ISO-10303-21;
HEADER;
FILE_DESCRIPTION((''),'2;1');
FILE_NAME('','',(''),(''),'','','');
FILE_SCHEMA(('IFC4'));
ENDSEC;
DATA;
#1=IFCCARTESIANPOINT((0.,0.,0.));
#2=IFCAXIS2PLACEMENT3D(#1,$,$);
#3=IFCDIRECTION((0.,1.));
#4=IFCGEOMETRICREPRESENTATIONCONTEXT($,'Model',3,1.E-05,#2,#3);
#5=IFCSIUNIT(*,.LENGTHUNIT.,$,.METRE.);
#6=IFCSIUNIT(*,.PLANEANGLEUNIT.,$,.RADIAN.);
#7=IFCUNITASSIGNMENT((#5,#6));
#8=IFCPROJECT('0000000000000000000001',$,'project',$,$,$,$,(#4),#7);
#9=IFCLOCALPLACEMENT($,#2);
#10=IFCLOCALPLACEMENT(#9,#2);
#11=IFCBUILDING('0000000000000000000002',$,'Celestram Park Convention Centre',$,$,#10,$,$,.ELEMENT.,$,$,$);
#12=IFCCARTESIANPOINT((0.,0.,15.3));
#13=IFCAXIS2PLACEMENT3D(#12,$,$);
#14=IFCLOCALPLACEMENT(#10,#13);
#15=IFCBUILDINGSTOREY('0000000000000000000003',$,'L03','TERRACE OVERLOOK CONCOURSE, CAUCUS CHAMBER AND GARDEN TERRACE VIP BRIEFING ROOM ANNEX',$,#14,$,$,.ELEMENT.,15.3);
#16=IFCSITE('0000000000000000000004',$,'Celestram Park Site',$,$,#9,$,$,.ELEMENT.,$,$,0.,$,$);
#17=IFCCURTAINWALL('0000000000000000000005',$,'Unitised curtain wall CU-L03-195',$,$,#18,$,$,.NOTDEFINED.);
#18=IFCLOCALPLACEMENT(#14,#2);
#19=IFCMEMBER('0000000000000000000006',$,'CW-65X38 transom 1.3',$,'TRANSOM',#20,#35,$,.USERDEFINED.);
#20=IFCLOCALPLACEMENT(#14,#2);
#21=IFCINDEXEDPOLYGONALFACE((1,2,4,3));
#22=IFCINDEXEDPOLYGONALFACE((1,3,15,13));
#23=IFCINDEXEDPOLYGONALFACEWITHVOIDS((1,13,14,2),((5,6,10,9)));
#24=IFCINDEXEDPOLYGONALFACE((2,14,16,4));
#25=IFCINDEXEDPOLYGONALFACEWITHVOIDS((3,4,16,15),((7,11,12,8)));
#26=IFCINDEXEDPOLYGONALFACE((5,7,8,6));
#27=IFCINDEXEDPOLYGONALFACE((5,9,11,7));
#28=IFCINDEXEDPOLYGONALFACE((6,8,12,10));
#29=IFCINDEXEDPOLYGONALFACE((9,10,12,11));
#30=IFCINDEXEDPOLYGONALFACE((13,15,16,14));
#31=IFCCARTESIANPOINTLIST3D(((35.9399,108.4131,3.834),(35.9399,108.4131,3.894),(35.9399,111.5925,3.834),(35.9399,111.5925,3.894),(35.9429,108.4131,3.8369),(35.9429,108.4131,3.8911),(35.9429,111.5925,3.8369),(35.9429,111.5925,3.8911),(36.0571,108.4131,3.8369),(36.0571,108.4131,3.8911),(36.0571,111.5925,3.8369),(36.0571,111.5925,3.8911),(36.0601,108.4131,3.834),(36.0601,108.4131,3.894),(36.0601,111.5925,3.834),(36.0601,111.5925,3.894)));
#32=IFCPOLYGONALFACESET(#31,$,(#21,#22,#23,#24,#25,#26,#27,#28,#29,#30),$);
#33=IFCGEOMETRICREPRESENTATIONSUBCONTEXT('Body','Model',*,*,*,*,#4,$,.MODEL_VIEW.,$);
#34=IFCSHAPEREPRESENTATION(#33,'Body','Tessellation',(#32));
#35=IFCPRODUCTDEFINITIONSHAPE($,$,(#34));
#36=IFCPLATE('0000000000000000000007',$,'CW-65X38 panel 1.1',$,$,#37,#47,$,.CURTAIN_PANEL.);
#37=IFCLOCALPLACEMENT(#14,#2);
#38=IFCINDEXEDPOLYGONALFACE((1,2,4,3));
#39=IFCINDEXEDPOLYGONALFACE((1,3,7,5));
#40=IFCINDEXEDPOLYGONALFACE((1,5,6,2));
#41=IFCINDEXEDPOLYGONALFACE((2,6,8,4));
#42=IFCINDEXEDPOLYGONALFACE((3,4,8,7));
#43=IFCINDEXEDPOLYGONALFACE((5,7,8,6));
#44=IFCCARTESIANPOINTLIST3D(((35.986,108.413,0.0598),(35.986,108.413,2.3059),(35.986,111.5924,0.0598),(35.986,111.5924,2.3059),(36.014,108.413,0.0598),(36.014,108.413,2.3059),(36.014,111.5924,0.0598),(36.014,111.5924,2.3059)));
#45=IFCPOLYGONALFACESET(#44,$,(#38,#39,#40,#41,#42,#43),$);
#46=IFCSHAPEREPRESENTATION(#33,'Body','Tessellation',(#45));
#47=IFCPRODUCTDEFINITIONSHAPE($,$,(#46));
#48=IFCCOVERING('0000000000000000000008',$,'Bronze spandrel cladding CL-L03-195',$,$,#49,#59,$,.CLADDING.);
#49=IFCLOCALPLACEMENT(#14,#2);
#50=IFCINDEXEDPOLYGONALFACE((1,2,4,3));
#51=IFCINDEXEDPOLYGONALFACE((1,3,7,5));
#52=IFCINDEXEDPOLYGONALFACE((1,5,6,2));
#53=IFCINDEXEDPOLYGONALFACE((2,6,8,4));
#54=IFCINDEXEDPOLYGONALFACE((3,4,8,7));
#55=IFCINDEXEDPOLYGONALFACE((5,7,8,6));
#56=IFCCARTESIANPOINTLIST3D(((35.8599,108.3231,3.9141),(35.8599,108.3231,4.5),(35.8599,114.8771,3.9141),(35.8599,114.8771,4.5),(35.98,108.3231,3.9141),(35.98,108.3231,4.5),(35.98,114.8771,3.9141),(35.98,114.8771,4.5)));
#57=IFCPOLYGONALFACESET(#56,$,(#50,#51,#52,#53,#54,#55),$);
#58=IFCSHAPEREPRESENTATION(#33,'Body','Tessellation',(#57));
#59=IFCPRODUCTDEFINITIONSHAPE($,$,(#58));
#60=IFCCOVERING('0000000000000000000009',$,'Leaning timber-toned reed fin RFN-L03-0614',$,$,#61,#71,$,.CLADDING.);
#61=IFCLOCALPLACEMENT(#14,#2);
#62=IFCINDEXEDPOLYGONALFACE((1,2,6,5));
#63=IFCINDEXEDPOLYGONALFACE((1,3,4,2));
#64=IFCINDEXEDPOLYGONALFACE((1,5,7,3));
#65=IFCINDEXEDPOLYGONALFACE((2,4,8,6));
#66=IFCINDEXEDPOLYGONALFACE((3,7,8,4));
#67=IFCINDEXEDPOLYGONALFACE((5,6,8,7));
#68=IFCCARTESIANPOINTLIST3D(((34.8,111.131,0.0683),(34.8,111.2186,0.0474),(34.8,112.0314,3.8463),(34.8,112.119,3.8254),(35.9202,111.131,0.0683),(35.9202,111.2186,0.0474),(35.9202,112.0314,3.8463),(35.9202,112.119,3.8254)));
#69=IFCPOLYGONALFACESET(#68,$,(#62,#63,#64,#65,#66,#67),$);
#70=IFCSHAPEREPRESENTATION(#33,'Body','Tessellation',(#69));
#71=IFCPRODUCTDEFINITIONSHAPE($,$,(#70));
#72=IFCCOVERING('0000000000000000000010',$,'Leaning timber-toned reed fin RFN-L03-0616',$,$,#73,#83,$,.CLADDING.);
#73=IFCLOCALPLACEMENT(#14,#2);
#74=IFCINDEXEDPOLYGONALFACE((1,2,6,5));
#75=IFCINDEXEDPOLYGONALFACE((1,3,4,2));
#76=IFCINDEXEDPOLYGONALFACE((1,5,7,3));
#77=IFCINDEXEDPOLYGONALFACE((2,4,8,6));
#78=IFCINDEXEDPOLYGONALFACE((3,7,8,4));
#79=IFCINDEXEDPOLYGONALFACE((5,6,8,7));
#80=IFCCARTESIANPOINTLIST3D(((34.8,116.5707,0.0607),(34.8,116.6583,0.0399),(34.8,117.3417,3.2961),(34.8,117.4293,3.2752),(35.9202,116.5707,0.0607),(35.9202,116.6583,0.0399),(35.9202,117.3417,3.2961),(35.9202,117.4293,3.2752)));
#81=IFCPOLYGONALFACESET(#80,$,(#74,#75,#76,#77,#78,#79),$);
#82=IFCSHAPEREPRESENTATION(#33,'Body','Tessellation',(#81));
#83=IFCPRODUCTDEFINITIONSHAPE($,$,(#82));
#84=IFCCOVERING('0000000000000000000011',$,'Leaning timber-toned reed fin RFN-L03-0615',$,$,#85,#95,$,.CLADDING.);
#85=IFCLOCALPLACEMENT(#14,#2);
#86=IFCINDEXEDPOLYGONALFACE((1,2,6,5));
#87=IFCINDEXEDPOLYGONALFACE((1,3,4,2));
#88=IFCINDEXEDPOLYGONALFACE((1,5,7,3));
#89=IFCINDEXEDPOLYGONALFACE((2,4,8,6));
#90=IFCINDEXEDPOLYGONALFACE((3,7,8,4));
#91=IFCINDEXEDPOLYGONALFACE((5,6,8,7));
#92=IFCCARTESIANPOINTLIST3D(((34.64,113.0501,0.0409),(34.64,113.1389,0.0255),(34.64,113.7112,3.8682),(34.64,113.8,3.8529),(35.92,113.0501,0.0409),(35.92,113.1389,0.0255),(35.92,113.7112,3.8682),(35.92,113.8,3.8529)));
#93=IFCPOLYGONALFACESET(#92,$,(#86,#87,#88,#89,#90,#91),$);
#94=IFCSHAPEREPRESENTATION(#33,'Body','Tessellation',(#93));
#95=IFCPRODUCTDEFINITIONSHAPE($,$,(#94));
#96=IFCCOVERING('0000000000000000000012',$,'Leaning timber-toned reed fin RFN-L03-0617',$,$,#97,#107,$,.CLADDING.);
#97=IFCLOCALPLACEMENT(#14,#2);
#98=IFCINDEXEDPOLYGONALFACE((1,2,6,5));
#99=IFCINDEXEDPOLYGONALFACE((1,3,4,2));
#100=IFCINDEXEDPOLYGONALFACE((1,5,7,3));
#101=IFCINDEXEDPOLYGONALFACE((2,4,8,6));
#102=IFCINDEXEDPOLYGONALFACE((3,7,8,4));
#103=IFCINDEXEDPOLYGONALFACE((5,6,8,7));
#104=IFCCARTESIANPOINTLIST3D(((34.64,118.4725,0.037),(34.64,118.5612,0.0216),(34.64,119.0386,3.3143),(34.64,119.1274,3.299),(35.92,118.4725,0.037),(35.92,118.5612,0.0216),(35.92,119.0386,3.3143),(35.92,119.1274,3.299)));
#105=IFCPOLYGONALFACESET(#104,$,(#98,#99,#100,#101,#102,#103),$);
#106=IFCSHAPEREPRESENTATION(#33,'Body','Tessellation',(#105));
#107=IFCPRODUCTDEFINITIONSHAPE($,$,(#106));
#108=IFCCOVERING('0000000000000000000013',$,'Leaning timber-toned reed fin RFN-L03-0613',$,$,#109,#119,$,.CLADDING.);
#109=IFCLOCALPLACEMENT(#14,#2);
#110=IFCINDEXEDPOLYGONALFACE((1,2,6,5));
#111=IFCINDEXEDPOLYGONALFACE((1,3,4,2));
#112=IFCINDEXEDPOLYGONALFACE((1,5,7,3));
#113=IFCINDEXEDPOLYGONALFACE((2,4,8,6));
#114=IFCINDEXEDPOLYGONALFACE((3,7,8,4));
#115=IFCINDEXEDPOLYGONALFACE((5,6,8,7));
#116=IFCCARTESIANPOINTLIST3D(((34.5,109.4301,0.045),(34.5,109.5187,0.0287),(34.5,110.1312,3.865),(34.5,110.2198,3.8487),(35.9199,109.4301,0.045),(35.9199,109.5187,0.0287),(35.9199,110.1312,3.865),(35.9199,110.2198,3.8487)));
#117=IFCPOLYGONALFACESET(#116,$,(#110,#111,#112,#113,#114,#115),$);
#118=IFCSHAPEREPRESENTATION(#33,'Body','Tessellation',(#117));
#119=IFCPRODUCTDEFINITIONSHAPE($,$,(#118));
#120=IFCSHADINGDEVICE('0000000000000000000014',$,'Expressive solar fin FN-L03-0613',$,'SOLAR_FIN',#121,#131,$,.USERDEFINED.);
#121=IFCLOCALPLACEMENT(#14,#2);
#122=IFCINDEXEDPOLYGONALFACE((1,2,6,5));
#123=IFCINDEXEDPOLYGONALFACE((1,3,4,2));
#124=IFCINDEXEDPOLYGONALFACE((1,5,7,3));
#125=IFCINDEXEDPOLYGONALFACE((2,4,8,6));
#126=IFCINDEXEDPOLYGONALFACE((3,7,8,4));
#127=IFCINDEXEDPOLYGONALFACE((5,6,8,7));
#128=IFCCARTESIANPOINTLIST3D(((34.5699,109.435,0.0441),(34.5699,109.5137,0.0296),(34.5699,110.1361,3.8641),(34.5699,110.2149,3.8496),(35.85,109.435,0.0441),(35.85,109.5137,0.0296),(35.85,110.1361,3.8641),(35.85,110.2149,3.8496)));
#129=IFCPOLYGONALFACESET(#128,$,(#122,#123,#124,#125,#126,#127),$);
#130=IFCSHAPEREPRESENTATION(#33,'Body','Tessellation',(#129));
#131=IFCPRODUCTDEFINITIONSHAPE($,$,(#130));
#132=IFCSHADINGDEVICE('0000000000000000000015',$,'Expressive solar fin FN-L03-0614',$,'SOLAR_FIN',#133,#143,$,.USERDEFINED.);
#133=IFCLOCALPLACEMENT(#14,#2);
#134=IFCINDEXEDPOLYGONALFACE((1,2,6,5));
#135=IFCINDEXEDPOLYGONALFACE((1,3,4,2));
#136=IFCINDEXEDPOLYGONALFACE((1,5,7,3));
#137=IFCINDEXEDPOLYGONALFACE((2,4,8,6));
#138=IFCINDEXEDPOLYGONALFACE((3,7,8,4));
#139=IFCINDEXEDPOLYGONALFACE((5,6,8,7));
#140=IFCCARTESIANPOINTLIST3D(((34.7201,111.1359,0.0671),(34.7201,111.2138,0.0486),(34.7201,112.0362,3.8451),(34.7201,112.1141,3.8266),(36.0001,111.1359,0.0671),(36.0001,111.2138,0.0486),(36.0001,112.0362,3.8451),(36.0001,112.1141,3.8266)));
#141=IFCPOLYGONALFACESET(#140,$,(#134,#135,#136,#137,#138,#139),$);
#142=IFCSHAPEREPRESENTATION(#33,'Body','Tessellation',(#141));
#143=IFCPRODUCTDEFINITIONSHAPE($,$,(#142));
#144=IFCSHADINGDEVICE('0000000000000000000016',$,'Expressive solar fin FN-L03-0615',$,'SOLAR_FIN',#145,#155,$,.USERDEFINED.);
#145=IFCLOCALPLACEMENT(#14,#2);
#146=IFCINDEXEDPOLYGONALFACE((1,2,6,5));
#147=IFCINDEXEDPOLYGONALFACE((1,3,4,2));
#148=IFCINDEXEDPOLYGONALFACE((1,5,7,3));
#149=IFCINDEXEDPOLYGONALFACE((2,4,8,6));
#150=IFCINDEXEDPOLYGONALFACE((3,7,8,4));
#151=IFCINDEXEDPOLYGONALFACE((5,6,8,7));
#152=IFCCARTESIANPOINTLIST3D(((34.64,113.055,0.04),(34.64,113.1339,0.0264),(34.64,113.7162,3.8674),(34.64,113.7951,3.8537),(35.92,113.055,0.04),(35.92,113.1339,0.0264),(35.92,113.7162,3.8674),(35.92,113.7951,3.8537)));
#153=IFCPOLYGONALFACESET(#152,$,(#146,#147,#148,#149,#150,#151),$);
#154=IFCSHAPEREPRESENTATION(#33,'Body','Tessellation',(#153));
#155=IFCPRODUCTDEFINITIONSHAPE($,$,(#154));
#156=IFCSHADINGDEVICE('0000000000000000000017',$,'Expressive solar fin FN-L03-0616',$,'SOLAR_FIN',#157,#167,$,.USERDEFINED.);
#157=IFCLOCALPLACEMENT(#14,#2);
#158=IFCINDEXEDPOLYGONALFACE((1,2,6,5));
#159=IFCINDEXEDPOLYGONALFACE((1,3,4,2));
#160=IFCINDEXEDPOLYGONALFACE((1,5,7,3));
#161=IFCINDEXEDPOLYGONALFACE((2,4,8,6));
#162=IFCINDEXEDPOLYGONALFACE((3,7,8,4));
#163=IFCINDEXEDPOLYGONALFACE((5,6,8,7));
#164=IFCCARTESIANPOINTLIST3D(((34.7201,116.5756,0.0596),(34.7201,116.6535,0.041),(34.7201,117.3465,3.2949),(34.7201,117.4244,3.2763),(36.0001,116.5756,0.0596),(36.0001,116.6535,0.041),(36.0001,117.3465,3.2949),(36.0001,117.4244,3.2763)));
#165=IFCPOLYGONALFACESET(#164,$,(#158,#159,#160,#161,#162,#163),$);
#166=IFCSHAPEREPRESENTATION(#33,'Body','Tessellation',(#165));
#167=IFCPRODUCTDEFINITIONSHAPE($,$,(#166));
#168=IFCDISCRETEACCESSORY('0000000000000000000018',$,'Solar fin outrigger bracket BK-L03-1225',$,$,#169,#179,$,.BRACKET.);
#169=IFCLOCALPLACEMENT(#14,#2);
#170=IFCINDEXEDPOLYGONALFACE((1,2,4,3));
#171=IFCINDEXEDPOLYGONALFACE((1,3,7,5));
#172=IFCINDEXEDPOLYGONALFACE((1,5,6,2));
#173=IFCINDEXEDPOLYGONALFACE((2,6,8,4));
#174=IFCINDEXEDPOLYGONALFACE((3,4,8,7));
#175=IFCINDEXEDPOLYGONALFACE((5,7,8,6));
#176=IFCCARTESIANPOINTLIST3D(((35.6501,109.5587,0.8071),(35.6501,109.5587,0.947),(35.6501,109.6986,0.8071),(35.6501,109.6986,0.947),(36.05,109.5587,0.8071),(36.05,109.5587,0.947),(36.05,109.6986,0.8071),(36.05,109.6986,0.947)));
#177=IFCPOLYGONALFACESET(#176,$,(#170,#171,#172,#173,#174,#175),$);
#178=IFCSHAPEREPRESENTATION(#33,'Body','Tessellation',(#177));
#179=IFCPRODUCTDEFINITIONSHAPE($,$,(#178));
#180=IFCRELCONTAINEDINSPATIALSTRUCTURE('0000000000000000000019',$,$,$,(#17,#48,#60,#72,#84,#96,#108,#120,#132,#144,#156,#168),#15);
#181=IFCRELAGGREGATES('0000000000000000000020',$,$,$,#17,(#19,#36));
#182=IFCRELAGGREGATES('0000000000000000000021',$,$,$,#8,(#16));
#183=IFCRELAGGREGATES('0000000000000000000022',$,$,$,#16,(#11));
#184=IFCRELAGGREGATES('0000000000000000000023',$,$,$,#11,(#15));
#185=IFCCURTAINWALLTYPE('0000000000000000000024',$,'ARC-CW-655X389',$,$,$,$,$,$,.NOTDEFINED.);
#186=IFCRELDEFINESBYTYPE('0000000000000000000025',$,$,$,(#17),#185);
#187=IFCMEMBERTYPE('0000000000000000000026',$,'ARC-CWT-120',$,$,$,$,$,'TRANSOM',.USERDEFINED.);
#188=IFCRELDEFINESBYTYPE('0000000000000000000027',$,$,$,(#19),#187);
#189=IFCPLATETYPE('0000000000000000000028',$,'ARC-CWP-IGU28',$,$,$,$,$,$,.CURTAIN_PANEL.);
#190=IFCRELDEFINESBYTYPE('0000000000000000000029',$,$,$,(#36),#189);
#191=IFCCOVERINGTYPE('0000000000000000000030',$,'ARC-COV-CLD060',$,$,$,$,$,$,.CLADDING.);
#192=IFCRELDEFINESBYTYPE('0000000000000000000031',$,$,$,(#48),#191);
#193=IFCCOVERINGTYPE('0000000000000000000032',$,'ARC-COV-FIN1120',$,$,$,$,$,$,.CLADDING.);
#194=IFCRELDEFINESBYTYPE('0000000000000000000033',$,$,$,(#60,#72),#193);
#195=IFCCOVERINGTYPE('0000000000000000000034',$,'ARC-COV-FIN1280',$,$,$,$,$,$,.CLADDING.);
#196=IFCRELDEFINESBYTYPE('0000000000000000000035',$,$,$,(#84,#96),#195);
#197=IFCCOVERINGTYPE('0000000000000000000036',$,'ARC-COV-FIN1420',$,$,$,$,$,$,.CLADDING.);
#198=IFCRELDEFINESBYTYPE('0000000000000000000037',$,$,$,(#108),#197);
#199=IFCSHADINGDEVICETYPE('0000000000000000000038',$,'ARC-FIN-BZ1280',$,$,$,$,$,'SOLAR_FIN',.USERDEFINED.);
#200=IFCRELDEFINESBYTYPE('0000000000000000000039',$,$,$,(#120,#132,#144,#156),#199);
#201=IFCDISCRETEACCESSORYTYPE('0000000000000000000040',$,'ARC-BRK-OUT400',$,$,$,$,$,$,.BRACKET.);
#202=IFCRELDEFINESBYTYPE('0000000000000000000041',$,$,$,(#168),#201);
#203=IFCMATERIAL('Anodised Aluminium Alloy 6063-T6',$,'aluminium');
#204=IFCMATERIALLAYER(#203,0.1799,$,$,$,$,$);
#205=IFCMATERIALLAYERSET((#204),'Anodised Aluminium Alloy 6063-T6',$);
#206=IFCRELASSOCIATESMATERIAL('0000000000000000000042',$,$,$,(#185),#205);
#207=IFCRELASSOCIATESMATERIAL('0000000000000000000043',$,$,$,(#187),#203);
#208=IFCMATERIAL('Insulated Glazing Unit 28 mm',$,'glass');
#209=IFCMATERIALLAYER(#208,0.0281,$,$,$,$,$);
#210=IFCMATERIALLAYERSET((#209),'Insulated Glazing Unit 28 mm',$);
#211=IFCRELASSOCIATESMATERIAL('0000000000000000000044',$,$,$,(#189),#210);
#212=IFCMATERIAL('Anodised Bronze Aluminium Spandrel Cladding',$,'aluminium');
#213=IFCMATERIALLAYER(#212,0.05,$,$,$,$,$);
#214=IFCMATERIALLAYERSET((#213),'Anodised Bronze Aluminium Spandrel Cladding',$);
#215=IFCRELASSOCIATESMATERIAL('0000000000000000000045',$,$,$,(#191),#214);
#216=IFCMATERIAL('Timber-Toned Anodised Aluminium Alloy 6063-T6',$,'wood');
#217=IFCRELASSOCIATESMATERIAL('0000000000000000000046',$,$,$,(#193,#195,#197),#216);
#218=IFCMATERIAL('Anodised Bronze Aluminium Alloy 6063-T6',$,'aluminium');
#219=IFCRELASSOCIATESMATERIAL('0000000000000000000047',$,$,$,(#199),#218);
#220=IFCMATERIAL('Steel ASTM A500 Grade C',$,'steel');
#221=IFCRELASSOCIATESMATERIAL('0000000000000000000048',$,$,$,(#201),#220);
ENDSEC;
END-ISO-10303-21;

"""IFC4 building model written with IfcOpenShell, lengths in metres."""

from ifc_helpers import new_model, si_unit, direction, frame, origin, origin_2d, place, context, subcontext, project, spatial, rectangle, hollow_rectangle, extrude, material, layer, layer_set, material_profile, profile_set, type_object, element, aggregate, save


model = new_model("IFC4")

# Units and contexts
model_context = context("Model", 3, precision=1e-05, world=origin(), true_north=direction((0.0, 1.0)))
body_context = subcontext(model_context, "Body", "Model", "MODEL_VIEW")
ifc_project = project(units=[si_unit("LENGTHUNIT", "METRE"), si_unit("PLANEANGLEUNIT", "RADIAN")], contexts=[model_context])

# Site, building, storey
site_placement = place(None, origin())
site = spatial("IfcSite", under=ifc_project, at=site_placement, Name="Celestram Park Site", CompositionType="ELEMENT", RefElevation=0.0)
building_placement = place(site_placement, origin())
building = spatial("IfcBuilding", under=site, at=building_placement, Name="Celestram Park Convention Centre", CompositionType="ELEMENT")
storey_placement = place(building_placement, frame((0.0, 0.0, 15.3)))
storey = spatial("IfcBuildingStorey", under=building, at=storey_placement, Name="L03", Description="TERRACE OVERLOOK CONCOURSE, CAUCUS CHAMBER AND GARDEN TERRACE VIP BRIEFING ROOM ANNEX", CompositionType="ELEMENT", Elevation=15.3)

# Curtain wall, member, plate
ifc_material_1 = material(Name="Anodised Aluminium Alloy 6063-T6", Category="aluminium")
ifc_layer_1 = layer(ifc_material_1, 0.1799)
ifc_layer_set_1 = layer_set([ifc_layer_1], Name="Anodised Aluminium Alloy 6063-T6")
curtain_wall_type = type_object("IfcCurtainWallType", Name="ARC-CW-655X389", PredefinedType="NOTDEFINED", material=ifc_layer_set_1)
curtain_wall_placement = place(storey_placement, origin())
curtain_wall = element("IfcCurtainWall", 1, at=curtain_wall_placement, inside=storey, type_object=curtain_wall_type, Name="Unitised curtain wall CU-L03-195", PredefinedType="NOTDEFINED")
ifc_material_profile_1 = material_profile(ifc_material_1, hollow_rectangle(XDim=0.1201, YDim=0.0601, WallThickness=0.0029, at=origin_2d()), Name="ALU120X60X3")
ifc_profile_set_1 = profile_set([ifc_material_profile_1], Name="Anodised Aluminium Alloy 6063-T6")
member_type = type_object("IfcMemberType", Name="ARC-CWT-120", ElementType="TRANSOM", PredefinedType="USERDEFINED", material=ifc_profile_set_1)
member_placement = place(storey_placement, frame((36.0, 108.4131, 3.864), z_axis=(0.0, 1.0, 0.0), x_axis=(-1.0, 0.0, 0.0)))
member = element("IfcMember", 2, at=member_placement, type_object=member_type, Name="CW-65X38 transom 1.3", ObjectType="TRANSOM", PredefinedType="USERDEFINED", context=body_context, shape_type="SweptSolid", body=[
    extrude(hollow_rectangle(XDim=0.1201, YDim=0.0601, WallThickness=0.0029, at=origin_2d()), origin(), (0.0, 0.0, 1.0), 3.1794),
])
ifc_material_2 = material(Name="Insulated Glazing Unit 28 mm", Category="glass")
ifc_layer_2 = layer(ifc_material_2, 0.0281)
ifc_layer_set_2 = layer_set([ifc_layer_2], Name="Insulated Glazing Unit 28 mm")
plate_type = type_object("IfcPlateType", Name="ARC-CWP-IGU28", PredefinedType="CURTAIN_PANEL", material=ifc_layer_set_2)
plate_placement = place(storey_placement, frame((36.0, 110.0027, 0.0598), z_axis=(0.0, 0.0, 1.0), x_axis=(0.0, 1.0, 0.0)))
plate = element("IfcPlate", 3, at=plate_placement, type_object=plate_type, Name="CW-65X38 panel 1.1", PredefinedType="CURTAIN_PANEL", context=body_context, shape_type="SweptSolid", body=[
    extrude(rectangle(XDim=3.1794, YDim=0.0281, at=origin_2d()), origin(), (0.0, 0.0, 1.0), 2.2461),
])
aggregate(curtain_wall, [member, plate])

# Coverings
ifc_material_3 = material(Name="Anodised Bronze Aluminium Spandrel Cladding", Category="aluminium")
ifc_layer_3 = layer(ifc_material_3, 0.05)
ifc_layer_set_3 = layer_set([ifc_layer_3], Name="Anodised Bronze Aluminium Spandrel Cladding")
covering_type_1 = type_object("IfcCoveringType", Name="ARC-COV-CLD060", PredefinedType="CLADDING", material=ifc_layer_set_3)
covering_1_placement = place(storey_placement, frame((35.9199, 111.6001, 3.9141), z_axis=(0.0, 0.0, 1.0), x_axis=(0.0, 1.0, 0.0)))
element("IfcCovering", 4, at=covering_1_placement, inside=storey, type_object=covering_type_1, Name="Bronze spandrel cladding CL-L03-195", PredefinedType="CLADDING", context=body_context, shape_type="SweptSolid", body=[
    extrude(rectangle(XDim=6.554, YDim=0.1201, at=origin_2d()), origin(), (0.0, 0.0, 1.0), 0.5859),
])
ifc_material_4 = material(Name="Timber-Toned Anodised Aluminium Alloy 6063-T6", Category="wood")
ifc_material_profile_2 = material_profile(ifc_material_4, rectangle(XDim=1.1201, YDim=0.0901, at=origin_2d()), Name="REED1120X90")
ifc_profile_set_2 = profile_set([ifc_material_profile_2], Name="Timber-Toned Anodised Aluminium Alloy 6063-T6")
covering_type_2 = type_object("IfcCoveringType", Name="ARC-COV-FIN1120", PredefinedType="CLADDING", material=ifc_profile_set_2)
covering_2_placement = place(storey_placement, frame((35.3601, 111.1748, 0.0579), z_axis=(0.0, 0.231827, 0.972757), x_axis=(-1.0, 0.0, 0.0)))
element("IfcCovering", 5, at=covering_2_placement, inside=storey, type_object=covering_type_2, Name="Leaning timber-toned reed fin RFN-L03-0614", PredefinedType="CLADDING", context=body_context, shape_type="SweptSolid", body=[
    extrude(rectangle(XDim=1.1201, YDim=0.0901, at=origin_2d()), origin(), (0.0, 0.0, 1.0), 3.8838),
])
covering_3_placement = place(storey_placement, frame((35.3601, 116.6145, 0.0503), z_axis=(0.0, 0.231812, 0.972761), x_axis=(-1.0, 0.0, 0.0)))
element("IfcCovering", 6, at=covering_3_placement, inside=storey, type_object=covering_type_2, Name="Leaning timber-toned reed fin RFN-L03-0616", PredefinedType="CLADDING", context=body_context, shape_type="SweptSolid", body=[
    extrude(rectangle(XDim=1.1201, YDim=0.0901, at=origin_2d()), origin(), (0.0, 0.0, 1.0), 3.3259),
])
ifc_material_profile_3 = material_profile(ifc_material_4, rectangle(XDim=1.28, YDim=0.0901, at=origin_2d()), Name="REED1280X90")
ifc_profile_set_3 = profile_set([ifc_material_profile_3], Name="Timber-Toned Anodised Aluminium Alloy 6063-T6")
covering_type_3 = type_object("IfcCoveringType", Name="ARC-COV-FIN1280", PredefinedType="CLADDING", material=ifc_profile_set_3)
covering_4_placement = place(storey_placement, frame((35.28, 113.0945, 0.0332), z_axis=(0.0, 0.170216, 0.985407), x_axis=(-1.0, 0.0, 0.0)))
element("IfcCovering", 7, at=covering_4_placement, inside=storey, type_object=covering_type_3, Name="Leaning timber-toned reed fin RFN-L03-0615", PredefinedType="CLADDING", context=body_context, shape_type="SweptSolid", body=[
    extrude(rectangle(XDim=1.28, YDim=0.0901, at=origin_2d()), origin(), (0.0, 0.0, 1.0), 3.884),
])
covering_5_placement = place(storey_placement, frame((35.28, 118.5168, 0.0293), z_axis=(0.0, 0.170229, 0.985405), x_axis=(-1.0, 0.0, 0.0)))
element("IfcCovering", 8, at=covering_5_placement, inside=storey, type_object=covering_type_3, Name="Leaning timber-toned reed fin RFN-L03-0617", PredefinedType="CLADDING", context=body_context, shape_type="SweptSolid", body=[
    extrude(rectangle(XDim=1.28, YDim=0.0901, at=origin_2d()), origin(), (0.0, 0.0, 1.0), 3.3259),
])
ifc_material_profile_4 = material_profile(ifc_material_4, rectangle(XDim=1.4199, YDim=0.0901, at=origin_2d()), Name="REED1420X90")
ifc_profile_set_4 = profile_set([ifc_material_profile_4], Name="Timber-Toned Anodised Aluminium Alloy 6063-T6")
covering_type_4 = type_object("IfcCoveringType", Name="ARC-COV-FIN1420", PredefinedType="CLADDING", material=ifc_profile_set_4)
covering_6_placement = place(storey_placement, frame((35.21, 109.4744, 0.0369), z_axis=(0.0, 0.180534, 0.983569), x_axis=(-1.0, 0.0, 0.0)))
element("IfcCovering", 9, at=covering_6_placement, inside=storey, type_object=covering_type_4, Name="Leaning timber-toned reed fin RFN-L03-0613", PredefinedType="CLADDING", context=body_context, shape_type="SweptSolid", body=[
    extrude(rectangle(XDim=1.4199, YDim=0.0901, at=origin_2d()), origin(), (0.0, 0.0, 1.0), 3.8838),
])

# Shading devices
ifc_material_5 = material(Name="Anodised Bronze Aluminium Alloy 6063-T6", Category="aluminium")
ifc_material_profile_5 = material_profile(ifc_material_5, rectangle(XDim=1.28, YDim=0.0801, at=origin_2d()), Name="FIN1280X80")
ifc_profile_set_5 = profile_set([ifc_material_profile_5], Name="Anodised Bronze Aluminium Alloy 6063-T6")
shading_device_type = type_object("IfcShadingDeviceType", Name="ARC-FIN-BZ1280", ElementType="SOLAR_FIN", PredefinedType="USERDEFINED", material=ifc_profile_set_5)
for number, where, z_axis, x_axis, name in (
    (10, (35.21, 109.4744, 0.0369), (0.0, 0.180534, 0.983569), (-1.0, 0.0, 0.0), "Expressive solar fin FN-L03-0613"),
    (11, (35.3601, 111.1748, 0.0579), (0.0, 0.231827, 0.972757), (-1.0, 0.0, 0.0), "Expressive solar fin FN-L03-0614"),
):
    element("IfcShadingDevice", number, at=place(storey_placement, frame(where, z_axis=z_axis, x_axis=x_axis)), inside=storey, type_object=shading_device_type, Name=name, ObjectType="SOLAR_FIN", PredefinedType="USERDEFINED", context=body_context, shape_type="SweptSolid", body=[
        extrude(rectangle(XDim=1.28, YDim=0.0801, at=origin_2d()), origin(), (0.0, 0.0, 1.0), 3.8838),
    ])
shading_device_1_placement = place(storey_placement, frame((35.28, 113.0945, 0.0332), z_axis=(0.0, 0.170216, 0.985407), x_axis=(-1.0, 0.0, 0.0)))
element("IfcShadingDevice", 12, at=shading_device_1_placement, inside=storey, type_object=shading_device_type, Name="Expressive solar fin FN-L03-0615", ObjectType="SOLAR_FIN", PredefinedType="USERDEFINED", context=body_context, shape_type="SweptSolid", body=[
    extrude(rectangle(XDim=1.28, YDim=0.0801, at=origin_2d()), origin(), (0.0, 0.0, 1.0), 3.884),
])
shading_device_2_placement = place(storey_placement, frame((35.3601, 116.6145, 0.0503), z_axis=(0.0, 0.231812, 0.972761), x_axis=(-1.0, 0.0, 0.0)))
element("IfcShadingDevice", 13, at=shading_device_2_placement, inside=storey, type_object=shading_device_type, Name="Expressive solar fin FN-L03-0616", ObjectType="SOLAR_FIN", PredefinedType="USERDEFINED", context=body_context, shape_type="SweptSolid", body=[
    extrude(rectangle(XDim=1.28, YDim=0.0801, at=origin_2d()), origin(), (0.0, 0.0, 1.0), 3.3259),
])

# Discrete accessory
ifc_material_6 = material(Name="Steel ASTM A500 Grade C", Category="steel")
discrete_accessory_type = type_object("IfcDiscreteAccessoryType", Name="ARC-BRK-OUT400", PredefinedType="BRACKET", material=ifc_material_6)
for number, where, z_axis, x_axis, name in (
    (14, (35.8501, 109.6287, 0.8071), (0.0, 0.0, 1.0), (-1.0, 0.0, 0.0), "Solar fin outrigger bracket BK-L03-1225"),
):
    element("IfcDiscreteAccessory", number, at=place(storey_placement, frame(where, z_axis=z_axis, x_axis=x_axis)), inside=storey, type_object=discrete_accessory_type, Name=name, PredefinedType="BRACKET", context=body_context, shape_type="SweptSolid", body=[
        extrude(rectangle(XDim=0.3999, YDim=0.1399, at=origin_2d()), origin(), (0.0, 0.0, 1.0), 0.1399),
    ])

save(model, "model.ifc")
